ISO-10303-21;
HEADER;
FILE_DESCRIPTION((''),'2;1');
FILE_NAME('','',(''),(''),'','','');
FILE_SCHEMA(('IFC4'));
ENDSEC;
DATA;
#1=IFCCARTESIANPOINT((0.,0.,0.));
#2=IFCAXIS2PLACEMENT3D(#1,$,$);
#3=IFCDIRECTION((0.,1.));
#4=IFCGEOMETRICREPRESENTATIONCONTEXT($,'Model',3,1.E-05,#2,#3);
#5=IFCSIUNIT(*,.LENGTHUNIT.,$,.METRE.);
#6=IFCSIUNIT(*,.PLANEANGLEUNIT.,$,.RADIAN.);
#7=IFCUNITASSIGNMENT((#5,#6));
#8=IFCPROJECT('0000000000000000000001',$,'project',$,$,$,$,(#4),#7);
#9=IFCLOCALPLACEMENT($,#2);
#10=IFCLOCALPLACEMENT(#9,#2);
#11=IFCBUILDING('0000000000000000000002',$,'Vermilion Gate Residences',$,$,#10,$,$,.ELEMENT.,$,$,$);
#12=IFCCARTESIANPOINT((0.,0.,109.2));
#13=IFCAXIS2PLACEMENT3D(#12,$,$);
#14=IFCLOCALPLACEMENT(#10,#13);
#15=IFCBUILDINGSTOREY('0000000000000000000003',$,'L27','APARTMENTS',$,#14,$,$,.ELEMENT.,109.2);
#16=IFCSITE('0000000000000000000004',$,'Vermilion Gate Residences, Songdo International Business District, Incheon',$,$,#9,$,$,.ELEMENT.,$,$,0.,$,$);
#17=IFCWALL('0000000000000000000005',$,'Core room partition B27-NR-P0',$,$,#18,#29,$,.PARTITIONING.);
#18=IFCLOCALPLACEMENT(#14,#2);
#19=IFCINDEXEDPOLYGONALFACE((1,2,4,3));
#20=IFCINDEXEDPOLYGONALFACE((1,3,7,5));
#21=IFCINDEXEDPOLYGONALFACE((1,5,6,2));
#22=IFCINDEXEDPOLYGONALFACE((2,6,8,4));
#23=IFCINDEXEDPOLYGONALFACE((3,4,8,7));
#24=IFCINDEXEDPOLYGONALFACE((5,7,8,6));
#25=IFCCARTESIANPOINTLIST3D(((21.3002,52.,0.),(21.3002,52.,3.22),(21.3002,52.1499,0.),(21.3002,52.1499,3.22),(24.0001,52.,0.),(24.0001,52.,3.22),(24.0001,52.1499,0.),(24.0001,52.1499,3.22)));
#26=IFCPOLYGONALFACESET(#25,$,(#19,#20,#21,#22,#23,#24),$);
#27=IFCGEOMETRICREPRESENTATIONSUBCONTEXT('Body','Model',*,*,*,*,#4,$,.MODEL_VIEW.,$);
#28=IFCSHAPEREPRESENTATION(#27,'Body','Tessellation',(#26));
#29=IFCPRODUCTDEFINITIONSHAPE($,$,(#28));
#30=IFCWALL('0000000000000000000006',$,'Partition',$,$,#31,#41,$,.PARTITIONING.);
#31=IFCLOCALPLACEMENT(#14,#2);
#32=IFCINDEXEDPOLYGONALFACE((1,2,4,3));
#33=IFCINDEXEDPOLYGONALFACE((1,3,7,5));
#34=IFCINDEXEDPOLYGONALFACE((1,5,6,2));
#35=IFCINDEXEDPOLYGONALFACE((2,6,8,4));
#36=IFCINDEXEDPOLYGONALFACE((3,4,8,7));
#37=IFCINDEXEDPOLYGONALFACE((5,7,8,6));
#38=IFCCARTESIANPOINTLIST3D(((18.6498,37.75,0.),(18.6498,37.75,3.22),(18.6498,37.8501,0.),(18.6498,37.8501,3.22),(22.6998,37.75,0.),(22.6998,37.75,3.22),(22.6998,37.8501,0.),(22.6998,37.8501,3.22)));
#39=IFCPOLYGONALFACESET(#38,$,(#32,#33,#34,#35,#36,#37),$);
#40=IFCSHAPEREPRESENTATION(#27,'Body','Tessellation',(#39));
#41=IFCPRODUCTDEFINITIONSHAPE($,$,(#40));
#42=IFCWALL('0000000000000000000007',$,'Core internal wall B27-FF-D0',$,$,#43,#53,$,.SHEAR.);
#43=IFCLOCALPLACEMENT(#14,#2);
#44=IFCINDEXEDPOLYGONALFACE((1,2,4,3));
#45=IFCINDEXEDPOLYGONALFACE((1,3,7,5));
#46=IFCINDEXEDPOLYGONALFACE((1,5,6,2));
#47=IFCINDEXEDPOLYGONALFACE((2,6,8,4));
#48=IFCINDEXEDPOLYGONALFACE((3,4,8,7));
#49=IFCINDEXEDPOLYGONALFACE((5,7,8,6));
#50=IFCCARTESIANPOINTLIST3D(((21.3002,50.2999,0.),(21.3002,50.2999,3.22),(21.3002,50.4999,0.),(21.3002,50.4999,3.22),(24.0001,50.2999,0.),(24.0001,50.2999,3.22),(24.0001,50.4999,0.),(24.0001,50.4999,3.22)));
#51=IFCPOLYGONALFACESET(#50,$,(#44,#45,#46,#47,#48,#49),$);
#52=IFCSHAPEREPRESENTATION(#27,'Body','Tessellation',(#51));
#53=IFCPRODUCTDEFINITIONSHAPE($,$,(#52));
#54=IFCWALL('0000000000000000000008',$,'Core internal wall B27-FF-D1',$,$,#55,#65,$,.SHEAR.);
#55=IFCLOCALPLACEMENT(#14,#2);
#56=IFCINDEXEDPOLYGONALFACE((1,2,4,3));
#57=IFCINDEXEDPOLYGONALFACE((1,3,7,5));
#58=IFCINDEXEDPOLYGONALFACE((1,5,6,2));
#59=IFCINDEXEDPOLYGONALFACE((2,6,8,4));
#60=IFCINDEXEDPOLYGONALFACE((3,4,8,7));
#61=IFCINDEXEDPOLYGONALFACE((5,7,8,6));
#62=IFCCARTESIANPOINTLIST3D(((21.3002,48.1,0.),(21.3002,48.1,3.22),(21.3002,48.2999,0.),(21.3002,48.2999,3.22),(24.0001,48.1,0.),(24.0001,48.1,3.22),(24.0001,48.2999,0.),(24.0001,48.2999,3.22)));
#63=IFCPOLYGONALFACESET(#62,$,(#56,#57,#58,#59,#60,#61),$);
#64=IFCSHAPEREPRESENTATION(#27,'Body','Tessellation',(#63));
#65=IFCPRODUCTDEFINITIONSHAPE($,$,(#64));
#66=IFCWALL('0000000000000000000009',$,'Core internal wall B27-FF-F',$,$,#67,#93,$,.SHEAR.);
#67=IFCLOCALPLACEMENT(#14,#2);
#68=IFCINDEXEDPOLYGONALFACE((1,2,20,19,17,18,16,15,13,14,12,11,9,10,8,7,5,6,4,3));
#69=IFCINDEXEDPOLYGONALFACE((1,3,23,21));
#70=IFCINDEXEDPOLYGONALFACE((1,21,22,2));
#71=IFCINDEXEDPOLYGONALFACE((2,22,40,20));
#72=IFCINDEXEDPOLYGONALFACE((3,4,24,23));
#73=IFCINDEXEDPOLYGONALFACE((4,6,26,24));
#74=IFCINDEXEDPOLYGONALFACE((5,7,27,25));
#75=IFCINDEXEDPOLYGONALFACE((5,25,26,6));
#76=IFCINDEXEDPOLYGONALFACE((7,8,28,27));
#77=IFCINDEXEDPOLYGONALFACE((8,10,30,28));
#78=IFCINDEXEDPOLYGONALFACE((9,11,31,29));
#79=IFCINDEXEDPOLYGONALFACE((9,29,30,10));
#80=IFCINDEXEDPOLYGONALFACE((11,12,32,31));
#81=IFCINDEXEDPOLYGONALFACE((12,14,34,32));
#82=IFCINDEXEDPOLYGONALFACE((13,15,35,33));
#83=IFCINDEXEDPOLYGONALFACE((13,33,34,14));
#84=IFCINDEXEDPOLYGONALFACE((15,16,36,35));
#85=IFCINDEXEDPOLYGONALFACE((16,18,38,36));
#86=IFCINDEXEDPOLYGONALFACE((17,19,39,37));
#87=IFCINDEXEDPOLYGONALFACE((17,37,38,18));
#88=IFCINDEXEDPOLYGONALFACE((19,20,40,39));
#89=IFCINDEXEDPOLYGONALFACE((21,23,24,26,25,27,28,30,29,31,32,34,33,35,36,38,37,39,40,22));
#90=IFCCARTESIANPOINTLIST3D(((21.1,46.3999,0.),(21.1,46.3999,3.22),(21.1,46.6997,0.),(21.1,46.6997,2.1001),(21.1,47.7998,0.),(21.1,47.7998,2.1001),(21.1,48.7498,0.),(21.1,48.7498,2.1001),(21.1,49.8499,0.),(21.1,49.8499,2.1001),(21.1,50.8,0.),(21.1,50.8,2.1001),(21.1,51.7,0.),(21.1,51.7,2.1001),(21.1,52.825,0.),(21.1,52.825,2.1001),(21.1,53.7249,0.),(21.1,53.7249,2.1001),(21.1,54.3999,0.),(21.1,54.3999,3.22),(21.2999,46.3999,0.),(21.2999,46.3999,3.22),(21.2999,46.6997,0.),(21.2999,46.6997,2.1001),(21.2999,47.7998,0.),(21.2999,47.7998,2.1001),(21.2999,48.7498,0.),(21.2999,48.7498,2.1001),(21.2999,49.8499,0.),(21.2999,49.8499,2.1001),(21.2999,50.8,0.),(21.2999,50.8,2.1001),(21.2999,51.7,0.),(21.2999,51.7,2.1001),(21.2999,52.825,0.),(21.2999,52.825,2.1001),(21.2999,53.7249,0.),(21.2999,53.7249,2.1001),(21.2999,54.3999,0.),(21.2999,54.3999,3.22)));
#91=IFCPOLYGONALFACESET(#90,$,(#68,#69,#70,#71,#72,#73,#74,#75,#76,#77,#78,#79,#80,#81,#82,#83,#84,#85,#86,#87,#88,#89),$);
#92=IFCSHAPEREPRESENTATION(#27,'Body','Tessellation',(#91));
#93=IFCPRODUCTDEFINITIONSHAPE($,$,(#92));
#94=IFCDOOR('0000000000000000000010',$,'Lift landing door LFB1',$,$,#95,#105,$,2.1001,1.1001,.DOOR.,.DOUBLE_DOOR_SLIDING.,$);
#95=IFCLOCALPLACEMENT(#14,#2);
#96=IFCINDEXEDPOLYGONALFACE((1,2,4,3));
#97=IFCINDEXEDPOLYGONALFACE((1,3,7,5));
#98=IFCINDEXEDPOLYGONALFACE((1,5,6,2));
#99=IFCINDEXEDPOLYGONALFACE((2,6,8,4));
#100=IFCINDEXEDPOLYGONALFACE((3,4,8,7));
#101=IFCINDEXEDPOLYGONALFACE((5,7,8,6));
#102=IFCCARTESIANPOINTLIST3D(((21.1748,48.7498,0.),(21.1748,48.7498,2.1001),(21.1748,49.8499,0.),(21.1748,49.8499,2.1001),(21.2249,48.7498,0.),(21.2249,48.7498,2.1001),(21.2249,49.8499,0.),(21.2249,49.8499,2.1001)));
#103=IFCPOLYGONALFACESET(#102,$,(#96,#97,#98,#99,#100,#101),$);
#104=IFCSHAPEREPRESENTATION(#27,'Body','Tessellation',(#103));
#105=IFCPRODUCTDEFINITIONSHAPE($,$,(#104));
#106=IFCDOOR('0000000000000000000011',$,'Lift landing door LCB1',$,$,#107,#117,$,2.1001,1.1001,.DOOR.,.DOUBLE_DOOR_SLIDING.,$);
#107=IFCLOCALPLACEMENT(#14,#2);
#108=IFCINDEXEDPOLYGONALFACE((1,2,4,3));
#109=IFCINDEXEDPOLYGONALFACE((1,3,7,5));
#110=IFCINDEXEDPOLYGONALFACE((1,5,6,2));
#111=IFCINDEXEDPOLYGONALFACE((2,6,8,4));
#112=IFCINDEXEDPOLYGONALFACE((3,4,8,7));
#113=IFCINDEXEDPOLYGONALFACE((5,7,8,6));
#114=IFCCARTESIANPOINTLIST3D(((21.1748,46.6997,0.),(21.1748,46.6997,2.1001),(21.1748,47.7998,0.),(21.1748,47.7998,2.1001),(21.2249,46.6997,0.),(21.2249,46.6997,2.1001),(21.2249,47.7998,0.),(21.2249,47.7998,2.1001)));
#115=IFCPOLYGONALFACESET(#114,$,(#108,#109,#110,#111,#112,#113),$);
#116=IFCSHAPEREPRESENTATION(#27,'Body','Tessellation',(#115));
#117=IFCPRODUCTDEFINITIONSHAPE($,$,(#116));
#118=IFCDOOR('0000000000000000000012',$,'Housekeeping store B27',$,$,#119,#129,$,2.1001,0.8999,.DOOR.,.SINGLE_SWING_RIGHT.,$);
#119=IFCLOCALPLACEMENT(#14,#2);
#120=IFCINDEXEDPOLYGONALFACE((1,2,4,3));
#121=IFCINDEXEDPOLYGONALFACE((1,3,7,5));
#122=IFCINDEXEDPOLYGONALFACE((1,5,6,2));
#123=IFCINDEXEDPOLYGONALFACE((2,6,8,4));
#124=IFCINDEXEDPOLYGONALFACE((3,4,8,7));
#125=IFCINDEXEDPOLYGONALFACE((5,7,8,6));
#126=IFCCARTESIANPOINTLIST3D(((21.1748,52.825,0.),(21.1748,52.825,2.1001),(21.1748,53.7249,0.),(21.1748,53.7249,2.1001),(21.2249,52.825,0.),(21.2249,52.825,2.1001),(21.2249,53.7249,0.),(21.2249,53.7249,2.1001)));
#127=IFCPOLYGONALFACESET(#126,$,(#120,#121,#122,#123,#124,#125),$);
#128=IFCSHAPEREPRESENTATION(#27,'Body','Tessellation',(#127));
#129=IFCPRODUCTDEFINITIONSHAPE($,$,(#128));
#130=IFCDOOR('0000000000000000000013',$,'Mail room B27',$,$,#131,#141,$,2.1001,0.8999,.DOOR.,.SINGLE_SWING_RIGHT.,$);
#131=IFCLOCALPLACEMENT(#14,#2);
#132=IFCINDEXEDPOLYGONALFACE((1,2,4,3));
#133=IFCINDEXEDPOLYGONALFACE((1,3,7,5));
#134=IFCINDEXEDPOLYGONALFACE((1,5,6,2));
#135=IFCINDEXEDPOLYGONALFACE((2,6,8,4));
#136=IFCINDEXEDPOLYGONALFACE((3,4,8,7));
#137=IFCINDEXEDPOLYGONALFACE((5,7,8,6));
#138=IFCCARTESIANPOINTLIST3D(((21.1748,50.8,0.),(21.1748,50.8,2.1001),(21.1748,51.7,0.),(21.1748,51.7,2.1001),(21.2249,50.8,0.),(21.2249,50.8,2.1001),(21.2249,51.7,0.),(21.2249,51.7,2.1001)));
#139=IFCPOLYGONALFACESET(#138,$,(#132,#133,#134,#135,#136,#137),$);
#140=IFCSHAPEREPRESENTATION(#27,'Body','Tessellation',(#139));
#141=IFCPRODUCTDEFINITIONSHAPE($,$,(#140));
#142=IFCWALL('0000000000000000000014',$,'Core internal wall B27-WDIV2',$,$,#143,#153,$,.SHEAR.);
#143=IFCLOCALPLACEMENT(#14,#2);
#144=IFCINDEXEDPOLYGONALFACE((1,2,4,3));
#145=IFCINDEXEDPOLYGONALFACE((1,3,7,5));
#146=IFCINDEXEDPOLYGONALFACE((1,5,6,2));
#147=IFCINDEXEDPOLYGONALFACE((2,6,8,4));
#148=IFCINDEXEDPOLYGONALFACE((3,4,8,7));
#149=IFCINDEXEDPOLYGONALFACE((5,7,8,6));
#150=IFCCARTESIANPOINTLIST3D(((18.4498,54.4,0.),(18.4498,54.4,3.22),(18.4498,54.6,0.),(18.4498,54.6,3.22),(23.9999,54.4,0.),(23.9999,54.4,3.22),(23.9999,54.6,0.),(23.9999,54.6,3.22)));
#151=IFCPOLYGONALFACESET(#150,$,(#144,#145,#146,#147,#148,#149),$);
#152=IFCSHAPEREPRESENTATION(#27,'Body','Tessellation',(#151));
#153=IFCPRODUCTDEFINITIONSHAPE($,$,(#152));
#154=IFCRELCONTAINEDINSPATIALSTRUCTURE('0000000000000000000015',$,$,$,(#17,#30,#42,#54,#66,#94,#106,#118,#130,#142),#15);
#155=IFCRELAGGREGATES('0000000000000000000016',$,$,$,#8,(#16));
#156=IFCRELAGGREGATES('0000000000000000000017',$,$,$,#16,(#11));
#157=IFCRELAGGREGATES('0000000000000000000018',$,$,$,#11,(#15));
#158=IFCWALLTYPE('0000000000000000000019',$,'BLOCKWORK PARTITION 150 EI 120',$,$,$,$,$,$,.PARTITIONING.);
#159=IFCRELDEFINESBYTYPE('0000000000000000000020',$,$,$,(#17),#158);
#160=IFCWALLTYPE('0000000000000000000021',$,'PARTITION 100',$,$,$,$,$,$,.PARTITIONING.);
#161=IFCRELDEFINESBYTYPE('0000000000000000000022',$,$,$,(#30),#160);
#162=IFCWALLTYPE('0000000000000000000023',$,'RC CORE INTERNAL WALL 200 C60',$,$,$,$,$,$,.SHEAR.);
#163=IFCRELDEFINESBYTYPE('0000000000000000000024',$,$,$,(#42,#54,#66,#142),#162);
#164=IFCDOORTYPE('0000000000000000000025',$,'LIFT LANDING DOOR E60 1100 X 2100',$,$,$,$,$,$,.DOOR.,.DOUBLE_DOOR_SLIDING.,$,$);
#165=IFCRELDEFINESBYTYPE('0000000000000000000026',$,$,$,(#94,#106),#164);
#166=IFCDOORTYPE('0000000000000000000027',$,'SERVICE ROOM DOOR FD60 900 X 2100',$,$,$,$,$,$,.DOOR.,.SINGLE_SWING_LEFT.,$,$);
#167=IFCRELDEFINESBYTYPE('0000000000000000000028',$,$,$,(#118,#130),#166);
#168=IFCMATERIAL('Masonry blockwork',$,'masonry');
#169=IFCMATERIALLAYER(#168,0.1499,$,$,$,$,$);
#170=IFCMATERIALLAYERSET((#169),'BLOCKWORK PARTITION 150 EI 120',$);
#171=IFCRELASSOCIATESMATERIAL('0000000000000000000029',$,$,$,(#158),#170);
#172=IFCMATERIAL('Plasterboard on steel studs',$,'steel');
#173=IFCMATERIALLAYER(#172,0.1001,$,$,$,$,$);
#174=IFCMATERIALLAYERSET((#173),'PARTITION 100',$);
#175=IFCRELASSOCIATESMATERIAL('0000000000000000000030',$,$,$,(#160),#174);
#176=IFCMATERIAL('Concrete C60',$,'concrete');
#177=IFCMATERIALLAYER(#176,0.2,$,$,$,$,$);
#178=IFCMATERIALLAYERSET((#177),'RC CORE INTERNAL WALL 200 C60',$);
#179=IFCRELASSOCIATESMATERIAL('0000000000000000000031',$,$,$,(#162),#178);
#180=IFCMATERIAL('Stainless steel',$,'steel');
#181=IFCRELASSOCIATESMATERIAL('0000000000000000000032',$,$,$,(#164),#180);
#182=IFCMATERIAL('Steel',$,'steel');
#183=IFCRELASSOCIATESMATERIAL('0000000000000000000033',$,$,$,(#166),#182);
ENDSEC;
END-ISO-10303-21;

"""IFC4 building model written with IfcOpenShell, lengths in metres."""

from ifc_helpers import new_model, si_unit, direction, frame, frame_2d, origin, place, context, subcontext, project, spatial, rectangle, extrude, material, layer, layer_set, type_object, element, fill, save


model = new_model("IFC4")

# Units and contexts
model_context = context("Model", 3, precision=1e-05, world=origin(), true_north=direction((0.0, 1.0)))
body_context = subcontext(model_context, "Body", "Model", "MODEL_VIEW")
ifc_project = project(units=[si_unit("LENGTHUNIT", "METRE"), si_unit("PLANEANGLEUNIT", "RADIAN")], contexts=[model_context])

# Site, building, storey
site_placement = place(None, origin())
site = spatial("IfcSite", under=ifc_project, at=site_placement, Name="Vermilion Gate Residences, Songdo International Business District, Incheon", CompositionType="ELEMENT", RefElevation=0.0)
building_placement = place(site_placement, origin())
building = spatial("IfcBuilding", under=site, at=building_placement, Name="Vermilion Gate Residences", CompositionType="ELEMENT")
storey_placement = place(building_placement, frame((0.0, 0.0, 109.2)))
storey = spatial("IfcBuildingStorey", under=building, at=storey_placement, Name="L27", Description="APARTMENTS", CompositionType="ELEMENT", Elevation=109.2)

# Walls
ifc_material_1 = material(Name="Masonry blockwork", Category="masonry")
ifc_layer_1 = layer(ifc_material_1, 0.1499)
ifc_layer_set_1 = layer_set([ifc_layer_1], Name="BLOCKWORK PARTITION 150 EI 120")
wall_type_1 = type_object("IfcWallType", Name="BLOCKWORK PARTITION 150 EI 120", PredefinedType="PARTITIONING", material=ifc_layer_set_1)
wall_1_placement = place(storey_placement, frame((21.3, 52.075, 0.0), z_axis=(0.0, 0.0, 1.0), x_axis=(1.0, 0.0, 0.0)))
element("IfcWall", 1, at=wall_1_placement, inside=storey, type_object=wall_type_1, Name="Core room partition B27-NR-P0", PredefinedType="PARTITIONING", context=body_context, shape_type="SweptSolid", body=[
    extrude(rectangle(XDim=2.7, YDim=0.1499, at=frame_2d((1.3501, 0.0))), origin(), (0.0, 0.0, 1.0), 3.22),
])
ifc_material_2 = material(Name="Plasterboard on steel studs", Category="steel")
ifc_layer_2 = layer(ifc_material_2, 0.1001)
ifc_layer_set_2 = layer_set([ifc_layer_2], Name="PARTITION 100")
wall_type_2 = type_object("IfcWallType", Name="PARTITION 100", PredefinedType="PARTITIONING", material=ifc_layer_set_2)
wall_2_placement = place(storey_placement, frame((18.6499, 37.8, 0.0), z_axis=(0.0, 0.0, 1.0), x_axis=(1.0, 0.0, 0.0)))
element("IfcWall", 2, at=wall_2_placement, inside=storey, type_object=wall_type_2, Name="Partition", PredefinedType="PARTITIONING", context=body_context, shape_type="SweptSolid", body=[
    extrude(rectangle(XDim=4.05, YDim=0.1001, at=frame_2d((2.0249, 0.0))), origin(), (0.0, 0.0, 1.0), 3.22),
])
ifc_material_3 = material(Name="Concrete C60", Category="concrete")
ifc_layer_3 = layer(ifc_material_3, 0.2)
ifc_layer_set_3 = layer_set([ifc_layer_3], Name="RC CORE INTERNAL WALL 200 C60")
wall_type_3 = type_object("IfcWallType", Name="RC CORE INTERNAL WALL 200 C60", PredefinedType="SHEAR", material=ifc_layer_set_3)
for number, where, z_axis, x_axis, name in (
    (3, (21.3, 50.3999, 0.0), (0.0, 0.0, 1.0), (1.0, 0.0, 0.0), "Core internal wall B27-FF-D0"),
    (4, (21.3, 48.2, 0.0), (0.0, 0.0, 1.0), (1.0, 0.0, 0.0), "Core internal wall B27-FF-D1"),
):
    element("IfcWall", number, at=place(storey_placement, frame(where, z_axis=z_axis, x_axis=x_axis)), inside=storey, type_object=wall_type_3, Name=name, PredefinedType="SHEAR", context=body_context, shape_type="SweptSolid", body=[
        extrude(rectangle(XDim=2.7, YDim=0.2, at=frame_2d((1.3501, 0.0))), origin(), (0.0, 0.0, 1.0), 3.22),
    ])

# Wall, openings, doors
wall_3_placement = place(storey_placement, frame((21.2, 54.3999, 0.0), z_axis=(0.0, 0.0, 1.0), x_axis=(0.0, -1.0, 0.0)))
wall_3 = element("IfcWall", 5, at=wall_3_placement, inside=storey, type_object=wall_type_3, Name="Core internal wall B27-FF-F", PredefinedType="SHEAR", context=body_context, shape_type="SweptSolid", body=[
    extrude(rectangle(XDim=8.0, YDim=0.2, at=frame_2d((4.0, 0.0))), origin(), (0.0, 0.0, 1.0), 3.22),
])
opening_1_placement = place(wall_3_placement, frame((0.675, 0.0, 0.0)))
opening_1 = element("IfcOpeningElement", 6, at=opening_1_placement, cuts=wall_3, PredefinedType="OPENING", context=body_context, shape_type="SweptSolid", body=[
    extrude(rectangle(XDim=0.8999, YDim=2.1001, at=frame_2d((0.45, 1.05))), frame((0.0, 0.1099, 0.0), z_axis=(0.0, -1.0, 0.0), x_axis=(1.0, 0.0, 0.0)), (0.0, 0.0, 1.0), 0.22),
])
opening_2_placement = place(wall_3_placement, frame((2.7, 0.0, 0.0)))
opening_2 = element("IfcOpeningElement", 7, at=opening_2_placement, cuts=wall_3, PredefinedType="OPENING", context=body_context, shape_type="SweptSolid", body=[
    extrude(rectangle(XDim=0.8999, YDim=2.1001, at=frame_2d((0.45, 1.05))), frame((0.0, 0.1099, 0.0), z_axis=(0.0, -1.0, 0.0), x_axis=(1.0, 0.0, 0.0)), (0.0, 0.0, 1.0), 0.22),
])
opening_3_placement = place(wall_3_placement, frame((4.55, 0.0, 0.0)))
opening_3 = element("IfcOpeningElement", 8, at=opening_3_placement, cuts=wall_3, PredefinedType="OPENING", context=body_context, shape_type="SweptSolid", body=[
    extrude(rectangle(XDim=1.1001, YDim=2.1001, at=frame_2d((0.55, 1.05))), frame((0.0, 0.1099, 0.0), z_axis=(0.0, -1.0, 0.0), x_axis=(1.0, 0.0, 0.0)), (0.0, 0.0, 1.0), 0.22),
])
opening_4_placement = place(wall_3_placement, frame((6.6001, 0.0, 0.0)))
opening_4 = element("IfcOpeningElement", 9, at=opening_4_placement, cuts=wall_3, PredefinedType="OPENING", context=body_context, shape_type="SweptSolid", body=[
    extrude(rectangle(XDim=1.1001, YDim=2.1001, at=frame_2d((0.55, 1.05))), frame((0.0, 0.1099, 0.0), z_axis=(0.0, -1.0, 0.0), x_axis=(1.0, 0.0, 0.0)), (0.0, 0.0, 1.0), 0.22),
])
ifc_material_4 = material(Name="Stainless steel", Category="steel")
door_type_1 = type_object("IfcDoorType", Name="LIFT LANDING DOOR E60 1100 X 2100", OperationType="DOUBLE_DOOR_SLIDING", PredefinedType="DOOR", material=ifc_material_4)
door_1_placement = place(opening_3_placement, origin())
door_1 = element("IfcDoor", 10, at=door_1_placement, inside=storey, type_object=door_type_1, Name="Lift landing door LFB1", OperationType="DOUBLE_DOOR_SLIDING", OverallHeight=2.1001, OverallWidth=1.1001, PredefinedType="DOOR", context=body_context, shape_type="SweptSolid", body=[
    extrude(rectangle(XDim=1.1001, YDim=2.1001, at=frame_2d((0.55, 1.05))), frame((0.0, 0.0249, 0.0), z_axis=(0.0, -1.0, 0.0), x_axis=(1.0, 0.0, 0.0)), (0.0, 0.0, 1.0), 0.05),
])
fill(opening_3, door_1)
door_2_placement = place(opening_4_placement, origin())
door_2 = element("IfcDoor", 11, at=door_2_placement, inside=storey, type_object=door_type_1, Name="Lift landing door LCB1", OperationType="DOUBLE_DOOR_SLIDING", OverallHeight=2.1001, OverallWidth=1.1001, PredefinedType="DOOR", context=body_context, shape_type="SweptSolid", body=[
    extrude(rectangle(XDim=1.1001, YDim=2.1001, at=frame_2d((0.55, 1.05))), frame((0.0, 0.0249, 0.0), z_axis=(0.0, -1.0, 0.0), x_axis=(1.0, 0.0, 0.0)), (0.0, 0.0, 1.0), 0.05),
])
fill(opening_4, door_2)
ifc_material_5 = material(Name="Steel", Category="steel")
door_type_2 = type_object("IfcDoorType", Name="SERVICE ROOM DOOR FD60 900 X 2100", OperationType="SINGLE_SWING_LEFT", PredefinedType="DOOR", material=ifc_material_5)
door_3_placement = place(opening_1_placement, origin())
door_3 = element("IfcDoor", 12, at=door_3_placement, inside=storey, type_object=door_type_2, Name="Housekeeping store B27", OperationType="SINGLE_SWING_RIGHT", OverallHeight=2.1001, OverallWidth=0.8999, PredefinedType="DOOR", context=body_context, shape_type="SweptSolid", body=[
    extrude(rectangle(XDim=0.8999, YDim=2.1001, at=frame_2d((0.45, 1.05))), frame((0.0, 0.0249, 0.0), z_axis=(0.0, -1.0, 0.0), x_axis=(1.0, 0.0, 0.0)), (0.0, 0.0, 1.0), 0.05),
])
fill(opening_1, door_3)
door_4_placement = place(opening_2_placement, origin())
door_4 = element("IfcDoor", 13, at=door_4_placement, inside=storey, type_object=door_type_2, Name="Mail room B27", OperationType="SINGLE_SWING_RIGHT", OverallHeight=2.1001, OverallWidth=0.8999, PredefinedType="DOOR", context=body_context, shape_type="SweptSolid", body=[
    extrude(rectangle(XDim=0.8999, YDim=2.1001, at=frame_2d((0.45, 1.05))), frame((0.0, 0.0249, 0.0), z_axis=(0.0, -1.0, 0.0), x_axis=(1.0, 0.0, 0.0)), (0.0, 0.0, 1.0), 0.05),
])
fill(opening_2, door_4)

# Wall
wall_4_placement = place(storey_placement, frame((18.45, 54.5, 0.0), z_axis=(0.0, 0.0, 1.0), x_axis=(1.0, 0.0, 0.0)))
element("IfcWall", 14, at=wall_4_placement, inside=storey, type_object=wall_type_3, Name="Core internal wall B27-WDIV2", PredefinedType="SHEAR", context=body_context, shape_type="SweptSolid", body=[
    extrude(rectangle(XDim=5.55, YDim=0.2, at=frame_2d((2.7749, 0.0))), origin(), (0.0, 0.0, 1.0), 3.22),
])

save(model, "model.ifc")
